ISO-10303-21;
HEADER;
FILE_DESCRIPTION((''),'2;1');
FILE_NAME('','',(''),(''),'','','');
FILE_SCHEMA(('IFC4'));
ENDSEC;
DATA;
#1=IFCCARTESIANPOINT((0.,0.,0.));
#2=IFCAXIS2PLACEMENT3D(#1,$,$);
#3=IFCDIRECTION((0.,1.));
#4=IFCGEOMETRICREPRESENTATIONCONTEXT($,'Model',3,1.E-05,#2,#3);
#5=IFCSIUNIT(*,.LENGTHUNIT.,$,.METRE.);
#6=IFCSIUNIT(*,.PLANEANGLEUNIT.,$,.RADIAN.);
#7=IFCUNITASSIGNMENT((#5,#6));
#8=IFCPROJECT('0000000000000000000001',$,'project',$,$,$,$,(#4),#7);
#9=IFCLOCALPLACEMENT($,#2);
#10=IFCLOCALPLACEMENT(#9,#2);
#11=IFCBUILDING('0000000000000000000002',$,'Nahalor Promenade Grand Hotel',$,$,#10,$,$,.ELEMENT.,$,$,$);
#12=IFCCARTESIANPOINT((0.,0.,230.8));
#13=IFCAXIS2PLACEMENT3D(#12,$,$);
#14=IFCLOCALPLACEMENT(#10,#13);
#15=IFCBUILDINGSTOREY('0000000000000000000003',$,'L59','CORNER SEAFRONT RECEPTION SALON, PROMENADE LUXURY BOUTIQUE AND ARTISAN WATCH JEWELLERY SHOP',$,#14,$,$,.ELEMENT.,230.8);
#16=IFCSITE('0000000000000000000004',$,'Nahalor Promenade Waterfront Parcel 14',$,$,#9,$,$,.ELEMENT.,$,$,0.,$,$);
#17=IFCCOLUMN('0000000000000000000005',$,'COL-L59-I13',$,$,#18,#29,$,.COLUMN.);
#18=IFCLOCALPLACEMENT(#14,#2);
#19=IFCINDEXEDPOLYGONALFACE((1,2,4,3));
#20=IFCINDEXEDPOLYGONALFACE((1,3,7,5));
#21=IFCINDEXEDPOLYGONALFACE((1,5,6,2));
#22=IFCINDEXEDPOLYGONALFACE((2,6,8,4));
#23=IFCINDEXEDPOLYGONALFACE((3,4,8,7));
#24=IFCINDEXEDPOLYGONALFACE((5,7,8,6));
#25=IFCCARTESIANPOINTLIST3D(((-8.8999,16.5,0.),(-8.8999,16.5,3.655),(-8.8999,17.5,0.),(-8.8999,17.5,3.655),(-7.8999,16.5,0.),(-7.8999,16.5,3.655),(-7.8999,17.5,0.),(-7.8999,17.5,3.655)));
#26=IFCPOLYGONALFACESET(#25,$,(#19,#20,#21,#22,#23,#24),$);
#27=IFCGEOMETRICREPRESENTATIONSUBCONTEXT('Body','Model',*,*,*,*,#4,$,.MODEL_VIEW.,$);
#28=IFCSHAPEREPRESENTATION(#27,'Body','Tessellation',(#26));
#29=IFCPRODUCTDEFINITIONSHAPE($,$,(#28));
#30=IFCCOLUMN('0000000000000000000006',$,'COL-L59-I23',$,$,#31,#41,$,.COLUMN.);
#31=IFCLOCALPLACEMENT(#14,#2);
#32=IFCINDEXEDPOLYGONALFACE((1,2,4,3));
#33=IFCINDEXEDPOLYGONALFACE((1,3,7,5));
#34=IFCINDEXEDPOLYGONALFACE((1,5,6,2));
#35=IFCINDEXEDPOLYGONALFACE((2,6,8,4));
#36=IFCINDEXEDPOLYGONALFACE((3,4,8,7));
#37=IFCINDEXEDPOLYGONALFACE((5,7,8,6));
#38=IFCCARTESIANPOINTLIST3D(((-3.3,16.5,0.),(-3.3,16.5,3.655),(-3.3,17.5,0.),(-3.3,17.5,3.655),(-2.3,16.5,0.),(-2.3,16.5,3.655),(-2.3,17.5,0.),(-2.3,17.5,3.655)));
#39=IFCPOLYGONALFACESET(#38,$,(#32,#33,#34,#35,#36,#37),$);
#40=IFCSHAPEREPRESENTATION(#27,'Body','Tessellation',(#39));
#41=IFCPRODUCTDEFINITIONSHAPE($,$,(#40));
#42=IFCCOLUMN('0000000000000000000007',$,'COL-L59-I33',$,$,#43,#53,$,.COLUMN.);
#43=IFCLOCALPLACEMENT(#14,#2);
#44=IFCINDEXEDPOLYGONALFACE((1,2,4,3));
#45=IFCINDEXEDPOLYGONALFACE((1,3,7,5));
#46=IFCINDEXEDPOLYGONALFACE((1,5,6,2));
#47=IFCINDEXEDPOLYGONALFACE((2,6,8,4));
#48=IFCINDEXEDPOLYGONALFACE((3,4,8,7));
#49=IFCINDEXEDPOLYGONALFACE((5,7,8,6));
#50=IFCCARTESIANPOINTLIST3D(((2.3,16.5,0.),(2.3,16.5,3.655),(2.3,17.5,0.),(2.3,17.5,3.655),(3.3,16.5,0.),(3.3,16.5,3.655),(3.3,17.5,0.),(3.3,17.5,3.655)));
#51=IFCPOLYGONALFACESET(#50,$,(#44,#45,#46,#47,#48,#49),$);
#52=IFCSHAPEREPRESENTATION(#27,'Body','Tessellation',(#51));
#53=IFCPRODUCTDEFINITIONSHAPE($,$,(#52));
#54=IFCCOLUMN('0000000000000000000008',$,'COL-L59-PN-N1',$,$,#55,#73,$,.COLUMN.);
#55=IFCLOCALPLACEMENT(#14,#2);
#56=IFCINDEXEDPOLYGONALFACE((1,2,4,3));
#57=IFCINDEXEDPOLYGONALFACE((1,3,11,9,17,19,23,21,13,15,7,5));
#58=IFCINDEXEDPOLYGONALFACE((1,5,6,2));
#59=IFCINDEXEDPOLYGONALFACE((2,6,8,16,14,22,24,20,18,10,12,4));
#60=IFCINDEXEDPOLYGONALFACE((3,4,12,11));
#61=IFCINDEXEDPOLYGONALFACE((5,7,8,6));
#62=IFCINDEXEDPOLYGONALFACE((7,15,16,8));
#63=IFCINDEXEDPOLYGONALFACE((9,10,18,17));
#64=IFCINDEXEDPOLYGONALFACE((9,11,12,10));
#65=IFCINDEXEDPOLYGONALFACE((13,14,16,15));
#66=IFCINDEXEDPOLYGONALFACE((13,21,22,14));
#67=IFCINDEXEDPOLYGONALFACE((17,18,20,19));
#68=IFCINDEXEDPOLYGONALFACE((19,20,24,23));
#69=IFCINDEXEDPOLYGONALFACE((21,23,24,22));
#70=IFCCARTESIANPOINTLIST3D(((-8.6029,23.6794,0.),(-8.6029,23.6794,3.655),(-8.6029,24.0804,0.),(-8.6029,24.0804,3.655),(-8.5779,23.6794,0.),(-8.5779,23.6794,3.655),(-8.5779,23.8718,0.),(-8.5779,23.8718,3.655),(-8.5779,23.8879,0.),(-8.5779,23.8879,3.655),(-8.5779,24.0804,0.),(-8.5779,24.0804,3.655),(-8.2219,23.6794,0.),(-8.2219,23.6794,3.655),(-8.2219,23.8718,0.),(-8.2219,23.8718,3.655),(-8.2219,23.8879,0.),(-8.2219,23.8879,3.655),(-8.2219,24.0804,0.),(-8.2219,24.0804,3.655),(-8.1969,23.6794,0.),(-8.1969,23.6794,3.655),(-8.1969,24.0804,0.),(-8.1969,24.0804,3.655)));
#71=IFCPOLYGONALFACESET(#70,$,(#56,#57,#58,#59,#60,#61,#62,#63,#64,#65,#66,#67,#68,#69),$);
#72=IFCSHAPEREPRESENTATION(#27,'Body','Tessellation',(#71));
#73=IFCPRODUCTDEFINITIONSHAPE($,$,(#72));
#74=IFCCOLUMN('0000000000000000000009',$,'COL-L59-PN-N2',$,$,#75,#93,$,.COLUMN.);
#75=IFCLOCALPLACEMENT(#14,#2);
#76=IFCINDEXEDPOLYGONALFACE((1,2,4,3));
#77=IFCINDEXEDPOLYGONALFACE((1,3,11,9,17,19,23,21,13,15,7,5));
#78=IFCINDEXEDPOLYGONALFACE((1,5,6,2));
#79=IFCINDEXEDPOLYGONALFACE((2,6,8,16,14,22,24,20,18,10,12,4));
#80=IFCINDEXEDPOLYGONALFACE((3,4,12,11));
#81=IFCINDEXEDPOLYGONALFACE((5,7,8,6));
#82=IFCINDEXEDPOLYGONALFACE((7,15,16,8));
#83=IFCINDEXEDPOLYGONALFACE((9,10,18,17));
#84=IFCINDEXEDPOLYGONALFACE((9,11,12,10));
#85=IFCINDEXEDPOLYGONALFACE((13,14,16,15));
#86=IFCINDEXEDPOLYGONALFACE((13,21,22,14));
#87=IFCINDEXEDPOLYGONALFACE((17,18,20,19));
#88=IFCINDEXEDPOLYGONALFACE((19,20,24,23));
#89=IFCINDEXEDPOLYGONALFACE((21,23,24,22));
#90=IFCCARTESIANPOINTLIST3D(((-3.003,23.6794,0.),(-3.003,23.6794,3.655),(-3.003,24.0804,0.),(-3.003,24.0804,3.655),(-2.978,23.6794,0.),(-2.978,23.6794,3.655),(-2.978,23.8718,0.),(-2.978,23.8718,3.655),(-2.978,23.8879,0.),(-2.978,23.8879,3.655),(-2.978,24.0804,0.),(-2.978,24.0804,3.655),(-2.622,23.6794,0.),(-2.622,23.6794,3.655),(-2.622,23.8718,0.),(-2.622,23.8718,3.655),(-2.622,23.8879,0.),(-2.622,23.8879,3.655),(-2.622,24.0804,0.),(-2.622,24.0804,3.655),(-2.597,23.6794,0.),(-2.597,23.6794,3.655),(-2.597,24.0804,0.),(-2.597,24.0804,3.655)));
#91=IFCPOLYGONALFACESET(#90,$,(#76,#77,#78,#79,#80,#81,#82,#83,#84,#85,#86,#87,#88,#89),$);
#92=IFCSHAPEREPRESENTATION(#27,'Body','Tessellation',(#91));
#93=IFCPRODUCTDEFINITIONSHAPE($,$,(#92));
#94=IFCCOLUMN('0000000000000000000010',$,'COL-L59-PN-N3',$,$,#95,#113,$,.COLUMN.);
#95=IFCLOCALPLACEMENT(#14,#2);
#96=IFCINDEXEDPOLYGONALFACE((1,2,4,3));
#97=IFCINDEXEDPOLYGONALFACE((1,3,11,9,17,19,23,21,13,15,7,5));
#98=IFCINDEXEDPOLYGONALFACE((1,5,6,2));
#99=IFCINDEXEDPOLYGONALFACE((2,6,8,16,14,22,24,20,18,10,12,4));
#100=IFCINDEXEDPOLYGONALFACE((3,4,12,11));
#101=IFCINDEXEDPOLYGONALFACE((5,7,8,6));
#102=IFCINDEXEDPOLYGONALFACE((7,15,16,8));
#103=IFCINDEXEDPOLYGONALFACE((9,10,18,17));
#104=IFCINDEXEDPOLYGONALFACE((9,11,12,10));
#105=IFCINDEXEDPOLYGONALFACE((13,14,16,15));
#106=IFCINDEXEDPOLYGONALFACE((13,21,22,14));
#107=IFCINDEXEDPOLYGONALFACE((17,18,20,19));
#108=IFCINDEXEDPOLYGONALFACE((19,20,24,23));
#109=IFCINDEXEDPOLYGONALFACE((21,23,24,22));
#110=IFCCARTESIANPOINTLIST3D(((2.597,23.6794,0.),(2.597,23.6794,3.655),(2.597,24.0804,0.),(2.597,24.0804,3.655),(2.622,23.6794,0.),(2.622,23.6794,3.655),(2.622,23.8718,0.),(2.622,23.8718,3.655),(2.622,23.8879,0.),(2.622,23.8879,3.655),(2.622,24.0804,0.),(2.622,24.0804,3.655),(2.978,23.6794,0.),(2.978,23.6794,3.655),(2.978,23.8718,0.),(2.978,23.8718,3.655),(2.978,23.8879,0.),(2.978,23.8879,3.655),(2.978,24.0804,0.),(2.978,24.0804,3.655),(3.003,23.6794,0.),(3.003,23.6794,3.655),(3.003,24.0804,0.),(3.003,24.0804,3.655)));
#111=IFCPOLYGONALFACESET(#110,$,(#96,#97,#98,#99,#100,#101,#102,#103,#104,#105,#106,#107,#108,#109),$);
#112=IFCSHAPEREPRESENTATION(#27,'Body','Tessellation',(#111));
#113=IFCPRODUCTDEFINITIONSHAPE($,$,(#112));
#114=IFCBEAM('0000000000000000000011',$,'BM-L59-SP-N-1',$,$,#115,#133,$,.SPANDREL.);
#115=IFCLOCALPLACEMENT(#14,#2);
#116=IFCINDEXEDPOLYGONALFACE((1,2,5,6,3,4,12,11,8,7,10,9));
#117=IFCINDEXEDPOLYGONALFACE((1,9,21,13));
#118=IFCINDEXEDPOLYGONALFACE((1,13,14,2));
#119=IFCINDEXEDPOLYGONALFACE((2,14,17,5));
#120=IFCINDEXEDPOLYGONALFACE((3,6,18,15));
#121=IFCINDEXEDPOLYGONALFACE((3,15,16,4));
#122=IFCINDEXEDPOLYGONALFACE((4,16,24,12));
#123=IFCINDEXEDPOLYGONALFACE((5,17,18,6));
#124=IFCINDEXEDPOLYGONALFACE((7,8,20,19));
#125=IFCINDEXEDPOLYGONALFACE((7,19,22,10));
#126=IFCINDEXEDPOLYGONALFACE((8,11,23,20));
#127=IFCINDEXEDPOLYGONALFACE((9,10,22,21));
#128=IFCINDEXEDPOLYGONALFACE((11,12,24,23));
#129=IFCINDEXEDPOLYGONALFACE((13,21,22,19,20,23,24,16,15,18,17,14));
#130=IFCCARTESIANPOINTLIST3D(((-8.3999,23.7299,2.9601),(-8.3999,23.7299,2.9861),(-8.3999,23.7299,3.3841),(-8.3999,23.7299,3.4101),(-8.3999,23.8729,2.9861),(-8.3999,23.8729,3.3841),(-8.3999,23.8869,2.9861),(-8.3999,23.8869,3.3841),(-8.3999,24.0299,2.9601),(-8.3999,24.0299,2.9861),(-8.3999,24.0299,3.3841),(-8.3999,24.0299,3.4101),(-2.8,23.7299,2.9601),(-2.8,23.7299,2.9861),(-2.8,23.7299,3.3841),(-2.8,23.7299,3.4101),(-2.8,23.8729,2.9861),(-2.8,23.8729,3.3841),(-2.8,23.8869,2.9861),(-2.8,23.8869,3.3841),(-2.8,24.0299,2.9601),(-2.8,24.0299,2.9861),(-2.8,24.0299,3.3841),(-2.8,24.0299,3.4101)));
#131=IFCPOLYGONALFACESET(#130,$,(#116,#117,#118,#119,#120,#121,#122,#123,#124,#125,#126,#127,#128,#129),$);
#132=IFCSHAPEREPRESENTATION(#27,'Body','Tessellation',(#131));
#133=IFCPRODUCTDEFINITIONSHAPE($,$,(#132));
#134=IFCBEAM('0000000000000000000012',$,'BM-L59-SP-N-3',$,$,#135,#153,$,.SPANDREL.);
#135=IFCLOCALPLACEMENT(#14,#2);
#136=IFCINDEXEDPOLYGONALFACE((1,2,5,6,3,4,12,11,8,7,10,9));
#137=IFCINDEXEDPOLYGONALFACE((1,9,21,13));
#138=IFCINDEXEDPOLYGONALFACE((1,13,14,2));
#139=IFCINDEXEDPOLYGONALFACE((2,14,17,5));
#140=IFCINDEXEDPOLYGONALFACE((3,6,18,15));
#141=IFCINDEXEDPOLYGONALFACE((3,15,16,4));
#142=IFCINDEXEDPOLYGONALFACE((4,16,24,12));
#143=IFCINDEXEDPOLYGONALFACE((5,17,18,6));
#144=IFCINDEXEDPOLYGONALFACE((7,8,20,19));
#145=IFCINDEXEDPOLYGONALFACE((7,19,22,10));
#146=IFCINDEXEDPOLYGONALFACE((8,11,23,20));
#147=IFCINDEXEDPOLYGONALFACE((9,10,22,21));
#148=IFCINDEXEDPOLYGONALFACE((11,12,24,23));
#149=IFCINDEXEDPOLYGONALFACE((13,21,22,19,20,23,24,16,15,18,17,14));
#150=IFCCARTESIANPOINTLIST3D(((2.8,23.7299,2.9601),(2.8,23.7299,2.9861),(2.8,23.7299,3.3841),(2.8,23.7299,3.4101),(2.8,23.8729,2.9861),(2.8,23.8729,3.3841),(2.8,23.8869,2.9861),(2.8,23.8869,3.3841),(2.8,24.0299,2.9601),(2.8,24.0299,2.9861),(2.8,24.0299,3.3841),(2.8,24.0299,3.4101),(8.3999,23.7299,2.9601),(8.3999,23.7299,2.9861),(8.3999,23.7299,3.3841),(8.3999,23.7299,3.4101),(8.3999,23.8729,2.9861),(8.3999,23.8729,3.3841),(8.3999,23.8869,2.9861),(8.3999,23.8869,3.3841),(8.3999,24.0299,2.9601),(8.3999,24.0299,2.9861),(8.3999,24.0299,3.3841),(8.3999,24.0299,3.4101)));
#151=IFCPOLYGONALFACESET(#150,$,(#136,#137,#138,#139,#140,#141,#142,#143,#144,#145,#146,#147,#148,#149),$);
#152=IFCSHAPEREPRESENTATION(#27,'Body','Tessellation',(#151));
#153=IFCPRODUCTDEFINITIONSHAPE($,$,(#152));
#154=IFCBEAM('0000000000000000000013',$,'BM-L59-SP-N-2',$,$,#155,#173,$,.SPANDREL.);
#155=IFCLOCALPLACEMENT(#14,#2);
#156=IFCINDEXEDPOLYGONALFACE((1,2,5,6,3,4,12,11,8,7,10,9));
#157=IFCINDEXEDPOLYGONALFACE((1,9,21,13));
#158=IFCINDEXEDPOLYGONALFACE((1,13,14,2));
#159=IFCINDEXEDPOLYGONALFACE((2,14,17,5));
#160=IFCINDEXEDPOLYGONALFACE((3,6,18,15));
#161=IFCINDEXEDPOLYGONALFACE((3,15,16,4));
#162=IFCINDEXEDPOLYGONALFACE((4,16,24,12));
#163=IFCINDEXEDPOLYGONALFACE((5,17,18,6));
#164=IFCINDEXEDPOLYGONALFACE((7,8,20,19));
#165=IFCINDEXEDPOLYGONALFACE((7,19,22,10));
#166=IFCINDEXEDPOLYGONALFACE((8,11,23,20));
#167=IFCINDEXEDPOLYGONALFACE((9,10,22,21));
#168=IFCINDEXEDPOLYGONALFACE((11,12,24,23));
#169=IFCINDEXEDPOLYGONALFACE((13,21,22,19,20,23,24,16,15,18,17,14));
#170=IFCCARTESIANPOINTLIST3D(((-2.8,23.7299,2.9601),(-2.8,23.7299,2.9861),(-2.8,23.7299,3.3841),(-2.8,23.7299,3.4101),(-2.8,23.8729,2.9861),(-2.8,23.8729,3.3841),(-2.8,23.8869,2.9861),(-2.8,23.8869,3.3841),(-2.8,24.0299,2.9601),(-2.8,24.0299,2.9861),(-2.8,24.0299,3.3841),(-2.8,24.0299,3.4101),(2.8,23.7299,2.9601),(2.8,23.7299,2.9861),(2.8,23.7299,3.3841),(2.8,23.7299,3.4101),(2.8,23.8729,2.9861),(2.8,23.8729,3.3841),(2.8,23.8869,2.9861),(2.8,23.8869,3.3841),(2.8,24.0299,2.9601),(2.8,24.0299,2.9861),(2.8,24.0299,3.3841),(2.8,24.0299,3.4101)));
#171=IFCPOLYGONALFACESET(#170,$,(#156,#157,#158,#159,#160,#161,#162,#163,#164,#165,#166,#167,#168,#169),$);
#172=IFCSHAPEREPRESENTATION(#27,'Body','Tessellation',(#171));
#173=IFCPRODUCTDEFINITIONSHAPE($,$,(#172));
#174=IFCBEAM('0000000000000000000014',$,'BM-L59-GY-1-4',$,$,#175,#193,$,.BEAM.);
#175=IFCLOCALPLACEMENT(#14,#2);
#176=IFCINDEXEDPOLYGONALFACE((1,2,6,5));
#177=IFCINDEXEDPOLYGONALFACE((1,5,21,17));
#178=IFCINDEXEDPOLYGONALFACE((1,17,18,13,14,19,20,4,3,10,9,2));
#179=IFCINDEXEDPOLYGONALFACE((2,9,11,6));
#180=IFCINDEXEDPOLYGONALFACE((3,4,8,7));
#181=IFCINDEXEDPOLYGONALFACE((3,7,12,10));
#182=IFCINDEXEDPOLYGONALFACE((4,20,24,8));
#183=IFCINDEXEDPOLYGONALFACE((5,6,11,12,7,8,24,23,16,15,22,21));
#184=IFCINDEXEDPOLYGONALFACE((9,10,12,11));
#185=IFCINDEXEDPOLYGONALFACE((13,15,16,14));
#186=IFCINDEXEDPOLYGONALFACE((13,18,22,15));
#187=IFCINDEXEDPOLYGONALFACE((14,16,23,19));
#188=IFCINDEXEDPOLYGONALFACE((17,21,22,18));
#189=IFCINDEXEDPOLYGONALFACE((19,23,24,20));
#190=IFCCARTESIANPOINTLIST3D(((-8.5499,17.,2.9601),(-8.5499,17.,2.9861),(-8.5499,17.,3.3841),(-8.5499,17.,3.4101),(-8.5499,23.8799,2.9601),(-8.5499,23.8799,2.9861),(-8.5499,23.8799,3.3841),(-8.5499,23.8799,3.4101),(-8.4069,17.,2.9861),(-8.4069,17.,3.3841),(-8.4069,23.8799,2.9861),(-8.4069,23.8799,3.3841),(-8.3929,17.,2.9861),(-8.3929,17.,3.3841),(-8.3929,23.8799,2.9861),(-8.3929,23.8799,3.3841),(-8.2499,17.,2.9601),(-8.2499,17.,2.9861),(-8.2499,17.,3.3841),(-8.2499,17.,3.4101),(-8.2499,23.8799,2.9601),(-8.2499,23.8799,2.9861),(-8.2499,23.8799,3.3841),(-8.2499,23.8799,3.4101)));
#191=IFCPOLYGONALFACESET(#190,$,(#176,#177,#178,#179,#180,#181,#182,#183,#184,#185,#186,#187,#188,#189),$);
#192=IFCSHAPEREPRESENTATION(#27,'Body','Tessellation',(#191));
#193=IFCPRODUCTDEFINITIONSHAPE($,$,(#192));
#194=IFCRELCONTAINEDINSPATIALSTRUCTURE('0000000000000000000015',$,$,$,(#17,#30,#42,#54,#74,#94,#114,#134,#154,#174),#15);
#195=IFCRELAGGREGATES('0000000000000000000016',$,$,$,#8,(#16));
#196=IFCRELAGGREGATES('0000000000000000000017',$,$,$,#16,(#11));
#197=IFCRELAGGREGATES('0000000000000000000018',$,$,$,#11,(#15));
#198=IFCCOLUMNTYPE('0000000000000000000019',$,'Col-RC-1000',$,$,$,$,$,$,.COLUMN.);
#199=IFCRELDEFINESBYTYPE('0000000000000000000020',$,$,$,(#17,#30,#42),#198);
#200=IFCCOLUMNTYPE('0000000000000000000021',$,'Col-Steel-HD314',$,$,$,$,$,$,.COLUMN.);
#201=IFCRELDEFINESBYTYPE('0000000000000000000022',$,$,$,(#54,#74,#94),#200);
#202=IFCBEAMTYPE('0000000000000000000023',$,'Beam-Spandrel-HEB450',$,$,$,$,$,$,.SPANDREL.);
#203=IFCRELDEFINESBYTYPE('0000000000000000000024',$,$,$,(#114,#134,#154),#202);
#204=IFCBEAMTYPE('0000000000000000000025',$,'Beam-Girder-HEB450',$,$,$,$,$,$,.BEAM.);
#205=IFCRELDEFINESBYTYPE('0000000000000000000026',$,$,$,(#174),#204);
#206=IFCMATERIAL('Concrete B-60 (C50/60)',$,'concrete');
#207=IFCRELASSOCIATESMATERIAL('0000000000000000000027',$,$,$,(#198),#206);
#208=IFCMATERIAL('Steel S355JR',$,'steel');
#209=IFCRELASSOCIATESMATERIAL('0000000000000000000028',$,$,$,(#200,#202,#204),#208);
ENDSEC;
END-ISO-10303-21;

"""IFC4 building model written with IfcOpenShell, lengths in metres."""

from ifc_helpers import new_model, si_unit, direction, frame, origin, origin_2d, place, context, subcontext, project, spatial, rectangle, i_section, extrude, source, transform, mapped, material, material_profile, profile_set, type_object, element, save


model = new_model("IFC4")

# Units and contexts
model_context = context("Model", 3, precision=1e-05, world=origin(), true_north=direction((0.0, 1.0)))
body_context = subcontext(model_context, "Body", "Model", "MODEL_VIEW")
ifc_project = project(units=[si_unit("LENGTHUNIT", "METRE"), si_unit("PLANEANGLEUNIT", "RADIAN")], contexts=[model_context])

# Site, building, storey
site_placement = place(None, origin())
site = spatial("IfcSite", under=ifc_project, at=site_placement, Name="Nahalor Promenade Waterfront Parcel 14", CompositionType="ELEMENT", RefElevation=0.0)
building_placement = place(site_placement, origin())
building = spatial("IfcBuilding", under=site, at=building_placement, Name="Nahalor Promenade Grand Hotel", CompositionType="ELEMENT")
storey_placement = place(building_placement, frame((0.0, 0.0, 230.8)))
storey = spatial("IfcBuildingStorey", under=building, at=storey_placement, Name="L59", Description="CORNER SEAFRONT RECEPTION SALON, PROMENADE LUXURY BOUTIQUE AND ARTISAN WATCH JEWELLERY SHOP", CompositionType="ELEMENT", Elevation=230.8)

# Columns
ifc_material_1 = material(Name="Concrete B-60 (C50/60)", Category="concrete")
ifc_material_profile_1 = material_profile(ifc_material_1, rectangle(XDim=1.0, YDim=1.0, at=origin_2d()), Name="RC 1000x1000")
ifc_profile_set_1 = profile_set([ifc_material_profile_1], Name="Concrete B-60 (C50/60)")
column_type_1 = type_object("IfcColumnType", Name="Col-RC-1000", PredefinedType="COLUMN", material=ifc_profile_set_1)
shared_shape_1 = source(origin(), body_context, "Body", "SweptSolid", [
    extrude(rectangle(XDim=1.0, YDim=1.0, at=origin_2d()), origin(), (0.0, 0.0, 1.0), 3.655),
])
for number, where, z_axis, x_axis, name in (
    (1, (-8.3999, 17.0, 0.0), (0.0, 0.0, 1.0), (1.0, 0.0, 0.0), "COL-L59-I13"),
    (2, (-2.8, 17.0, 0.0), (0.0, 0.0, 1.0), (1.0, 0.0, 0.0), "COL-L59-I23"),
    (3, (2.8, 17.0, 0.0), (0.0, 0.0, 1.0), (1.0, 0.0, 0.0), "COL-L59-I33"),
):
    element("IfcColumn", number, at=place(storey_placement, frame(where, z_axis=z_axis, x_axis=x_axis)), inside=storey, type_object=column_type_1, Name=name, PredefinedType="COLUMN", context=body_context, shape_type="MappedRepresentation", body=[
        mapped(shared_shape_1, transform((0.0, 0.0, 0.0), scale=1.0)),
    ])
ifc_material_2 = material(Name="Steel S355JR", Category="steel")
ifc_material_profile_2 = material_profile(ifc_material_2, i_section(OverallWidth=0.401, OverallDepth=0.406, WebThickness=0.0161, FlangeThickness=0.025, at=origin_2d()), Name="HD 400x314")
ifc_profile_set_2 = profile_set([ifc_material_profile_2], Name="Steel S355JR")
column_type_2 = type_object("IfcColumnType", Name="Col-Steel-HD314", PredefinedType="COLUMN", material=ifc_profile_set_2)
shared_shape_2 = source(origin(), body_context, "Body", "SweptSolid", [
    extrude(i_section(OverallWidth=0.401, OverallDepth=0.406, WebThickness=0.0161, FlangeThickness=0.025, at=origin_2d()), origin(), (0.0, 0.0, 1.0), 3.655),
])
for number, where, z_axis, x_axis, name in (
    (4, (-8.3999, 23.8799, 0.0), (0.0, 0.0, 1.0), (0.0, 1.0, 0.0), "COL-L59-PN-N1"),
    (5, (-2.8, 23.8799, 0.0), (0.0, 0.0, 1.0), (0.0, 1.0, 0.0), "COL-L59-PN-N2"),
    (6, (2.8, 23.8799, 0.0), (0.0, 0.0, 1.0), (0.0, 1.0, 0.0), "COL-L59-PN-N3"),
):
    element("IfcColumn", number, at=place(storey_placement, frame(where, z_axis=z_axis, x_axis=x_axis)), inside=storey, type_object=column_type_2, Name=name, PredefinedType="COLUMN", context=body_context, shape_type="MappedRepresentation", body=[
        mapped(shared_shape_2, transform((0.0, 0.0, 0.0), scale=1.0)),
    ])

# Beams
ifc_material_profile_3 = material_profile(ifc_material_2, i_section(OverallWidth=0.3, OverallDepth=0.45, WebThickness=0.014, FlangeThickness=0.026, at=origin_2d()), Name="HEB 450")
ifc_profile_set_3 = profile_set([ifc_material_profile_3], Name="Steel S355JR")
beam_type_1 = type_object("IfcBeamType", Name="Beam-Spandrel-HEB450", PredefinedType="SPANDREL", material=ifc_profile_set_3)
shared_shape_3 = source(origin(), body_context, "Body", "SweptSolid", [
    extrude(i_section(OverallWidth=0.3, OverallDepth=0.45, WebThickness=0.014, FlangeThickness=0.026, at=origin_2d()), origin(), (0.0, 0.0, 1.0), 5.5999),
])
for number, where, z_axis, x_axis, name in (
    (7, (-8.3999, 23.8799, 3.1851), (1.0, 0.0, 0.0), (0.0, 1.0, 0.0), "BM-L59-SP-N-1"),
    (8, (2.8, 23.8799, 3.1851), (1.0, 0.0, 0.0), (0.0, 1.0, 0.0), "BM-L59-SP-N-3"),
):
    element("IfcBeam", number, at=place(storey_placement, frame(where, z_axis=z_axis, x_axis=x_axis)), inside=storey, type_object=beam_type_1, Name=name, PredefinedType="SPANDREL", context=body_context, shape_type="MappedRepresentation", body=[
        mapped(shared_shape_3, transform((0.0, 0.0, 0.0), scale=1.0)),
    ])
shared_shape_4 = source(origin(), body_context, "Body", "SweptSolid", [
    extrude(i_section(OverallWidth=0.3, OverallDepth=0.45, WebThickness=0.014, FlangeThickness=0.026, at=origin_2d()), origin(), (0.0, 0.0, 1.0), 5.6001),
])
beam_1_placement = place(storey_placement, frame((-2.8, 23.8799, 3.1851), z_axis=(1.0, 0.0, 0.0), x_axis=(0.0, 1.0, 0.0)))
element("IfcBeam", 9, at=beam_1_placement, inside=storey, type_object=beam_type_1, Name="BM-L59-SP-N-2", PredefinedType="SPANDREL", context=body_context, shape_type="MappedRepresentation", body=[
    mapped(shared_shape_4, transform((0.0, 0.0, 0.0), scale=1.0)),
])
ifc_material_profile_4 = material_profile(ifc_material_2, i_section(OverallWidth=0.3, OverallDepth=0.45, WebThickness=0.014, FlangeThickness=0.026, at=origin_2d()), Name="HEB 450")
ifc_profile_set_4 = profile_set([ifc_material_profile_4], Name="Steel S355JR")
beam_type_2 = type_object("IfcBeamType", Name="Beam-Girder-HEB450", PredefinedType="BEAM", material=ifc_profile_set_4)
shared_shape_5 = source(origin(), body_context, "Body", "SweptSolid", [
    extrude(i_section(OverallWidth=0.3, OverallDepth=0.45, WebThickness=0.014, FlangeThickness=0.026, at=origin_2d()), origin(), (0.0, 0.0, 1.0), 6.8799),
])
for number, where, z_axis, x_axis, name in (
    (10, (-8.3999, 17.0, 3.1851), (0.0, 1.0, 0.0), (-1.0, 0.0, 0.0), "BM-L59-GY-1-4"),
):
    element("IfcBeam", number, at=place(storey_placement, frame(where, z_axis=z_axis, x_axis=x_axis)), inside=storey, type_object=beam_type_2, Name=name, PredefinedType="BEAM", context=body_context, shape_type="MappedRepresentation", body=[
        mapped(shared_shape_5, transform((0.0, 0.0, 0.0), scale=1.0)),
    ])

save(model, "model.ifc")
